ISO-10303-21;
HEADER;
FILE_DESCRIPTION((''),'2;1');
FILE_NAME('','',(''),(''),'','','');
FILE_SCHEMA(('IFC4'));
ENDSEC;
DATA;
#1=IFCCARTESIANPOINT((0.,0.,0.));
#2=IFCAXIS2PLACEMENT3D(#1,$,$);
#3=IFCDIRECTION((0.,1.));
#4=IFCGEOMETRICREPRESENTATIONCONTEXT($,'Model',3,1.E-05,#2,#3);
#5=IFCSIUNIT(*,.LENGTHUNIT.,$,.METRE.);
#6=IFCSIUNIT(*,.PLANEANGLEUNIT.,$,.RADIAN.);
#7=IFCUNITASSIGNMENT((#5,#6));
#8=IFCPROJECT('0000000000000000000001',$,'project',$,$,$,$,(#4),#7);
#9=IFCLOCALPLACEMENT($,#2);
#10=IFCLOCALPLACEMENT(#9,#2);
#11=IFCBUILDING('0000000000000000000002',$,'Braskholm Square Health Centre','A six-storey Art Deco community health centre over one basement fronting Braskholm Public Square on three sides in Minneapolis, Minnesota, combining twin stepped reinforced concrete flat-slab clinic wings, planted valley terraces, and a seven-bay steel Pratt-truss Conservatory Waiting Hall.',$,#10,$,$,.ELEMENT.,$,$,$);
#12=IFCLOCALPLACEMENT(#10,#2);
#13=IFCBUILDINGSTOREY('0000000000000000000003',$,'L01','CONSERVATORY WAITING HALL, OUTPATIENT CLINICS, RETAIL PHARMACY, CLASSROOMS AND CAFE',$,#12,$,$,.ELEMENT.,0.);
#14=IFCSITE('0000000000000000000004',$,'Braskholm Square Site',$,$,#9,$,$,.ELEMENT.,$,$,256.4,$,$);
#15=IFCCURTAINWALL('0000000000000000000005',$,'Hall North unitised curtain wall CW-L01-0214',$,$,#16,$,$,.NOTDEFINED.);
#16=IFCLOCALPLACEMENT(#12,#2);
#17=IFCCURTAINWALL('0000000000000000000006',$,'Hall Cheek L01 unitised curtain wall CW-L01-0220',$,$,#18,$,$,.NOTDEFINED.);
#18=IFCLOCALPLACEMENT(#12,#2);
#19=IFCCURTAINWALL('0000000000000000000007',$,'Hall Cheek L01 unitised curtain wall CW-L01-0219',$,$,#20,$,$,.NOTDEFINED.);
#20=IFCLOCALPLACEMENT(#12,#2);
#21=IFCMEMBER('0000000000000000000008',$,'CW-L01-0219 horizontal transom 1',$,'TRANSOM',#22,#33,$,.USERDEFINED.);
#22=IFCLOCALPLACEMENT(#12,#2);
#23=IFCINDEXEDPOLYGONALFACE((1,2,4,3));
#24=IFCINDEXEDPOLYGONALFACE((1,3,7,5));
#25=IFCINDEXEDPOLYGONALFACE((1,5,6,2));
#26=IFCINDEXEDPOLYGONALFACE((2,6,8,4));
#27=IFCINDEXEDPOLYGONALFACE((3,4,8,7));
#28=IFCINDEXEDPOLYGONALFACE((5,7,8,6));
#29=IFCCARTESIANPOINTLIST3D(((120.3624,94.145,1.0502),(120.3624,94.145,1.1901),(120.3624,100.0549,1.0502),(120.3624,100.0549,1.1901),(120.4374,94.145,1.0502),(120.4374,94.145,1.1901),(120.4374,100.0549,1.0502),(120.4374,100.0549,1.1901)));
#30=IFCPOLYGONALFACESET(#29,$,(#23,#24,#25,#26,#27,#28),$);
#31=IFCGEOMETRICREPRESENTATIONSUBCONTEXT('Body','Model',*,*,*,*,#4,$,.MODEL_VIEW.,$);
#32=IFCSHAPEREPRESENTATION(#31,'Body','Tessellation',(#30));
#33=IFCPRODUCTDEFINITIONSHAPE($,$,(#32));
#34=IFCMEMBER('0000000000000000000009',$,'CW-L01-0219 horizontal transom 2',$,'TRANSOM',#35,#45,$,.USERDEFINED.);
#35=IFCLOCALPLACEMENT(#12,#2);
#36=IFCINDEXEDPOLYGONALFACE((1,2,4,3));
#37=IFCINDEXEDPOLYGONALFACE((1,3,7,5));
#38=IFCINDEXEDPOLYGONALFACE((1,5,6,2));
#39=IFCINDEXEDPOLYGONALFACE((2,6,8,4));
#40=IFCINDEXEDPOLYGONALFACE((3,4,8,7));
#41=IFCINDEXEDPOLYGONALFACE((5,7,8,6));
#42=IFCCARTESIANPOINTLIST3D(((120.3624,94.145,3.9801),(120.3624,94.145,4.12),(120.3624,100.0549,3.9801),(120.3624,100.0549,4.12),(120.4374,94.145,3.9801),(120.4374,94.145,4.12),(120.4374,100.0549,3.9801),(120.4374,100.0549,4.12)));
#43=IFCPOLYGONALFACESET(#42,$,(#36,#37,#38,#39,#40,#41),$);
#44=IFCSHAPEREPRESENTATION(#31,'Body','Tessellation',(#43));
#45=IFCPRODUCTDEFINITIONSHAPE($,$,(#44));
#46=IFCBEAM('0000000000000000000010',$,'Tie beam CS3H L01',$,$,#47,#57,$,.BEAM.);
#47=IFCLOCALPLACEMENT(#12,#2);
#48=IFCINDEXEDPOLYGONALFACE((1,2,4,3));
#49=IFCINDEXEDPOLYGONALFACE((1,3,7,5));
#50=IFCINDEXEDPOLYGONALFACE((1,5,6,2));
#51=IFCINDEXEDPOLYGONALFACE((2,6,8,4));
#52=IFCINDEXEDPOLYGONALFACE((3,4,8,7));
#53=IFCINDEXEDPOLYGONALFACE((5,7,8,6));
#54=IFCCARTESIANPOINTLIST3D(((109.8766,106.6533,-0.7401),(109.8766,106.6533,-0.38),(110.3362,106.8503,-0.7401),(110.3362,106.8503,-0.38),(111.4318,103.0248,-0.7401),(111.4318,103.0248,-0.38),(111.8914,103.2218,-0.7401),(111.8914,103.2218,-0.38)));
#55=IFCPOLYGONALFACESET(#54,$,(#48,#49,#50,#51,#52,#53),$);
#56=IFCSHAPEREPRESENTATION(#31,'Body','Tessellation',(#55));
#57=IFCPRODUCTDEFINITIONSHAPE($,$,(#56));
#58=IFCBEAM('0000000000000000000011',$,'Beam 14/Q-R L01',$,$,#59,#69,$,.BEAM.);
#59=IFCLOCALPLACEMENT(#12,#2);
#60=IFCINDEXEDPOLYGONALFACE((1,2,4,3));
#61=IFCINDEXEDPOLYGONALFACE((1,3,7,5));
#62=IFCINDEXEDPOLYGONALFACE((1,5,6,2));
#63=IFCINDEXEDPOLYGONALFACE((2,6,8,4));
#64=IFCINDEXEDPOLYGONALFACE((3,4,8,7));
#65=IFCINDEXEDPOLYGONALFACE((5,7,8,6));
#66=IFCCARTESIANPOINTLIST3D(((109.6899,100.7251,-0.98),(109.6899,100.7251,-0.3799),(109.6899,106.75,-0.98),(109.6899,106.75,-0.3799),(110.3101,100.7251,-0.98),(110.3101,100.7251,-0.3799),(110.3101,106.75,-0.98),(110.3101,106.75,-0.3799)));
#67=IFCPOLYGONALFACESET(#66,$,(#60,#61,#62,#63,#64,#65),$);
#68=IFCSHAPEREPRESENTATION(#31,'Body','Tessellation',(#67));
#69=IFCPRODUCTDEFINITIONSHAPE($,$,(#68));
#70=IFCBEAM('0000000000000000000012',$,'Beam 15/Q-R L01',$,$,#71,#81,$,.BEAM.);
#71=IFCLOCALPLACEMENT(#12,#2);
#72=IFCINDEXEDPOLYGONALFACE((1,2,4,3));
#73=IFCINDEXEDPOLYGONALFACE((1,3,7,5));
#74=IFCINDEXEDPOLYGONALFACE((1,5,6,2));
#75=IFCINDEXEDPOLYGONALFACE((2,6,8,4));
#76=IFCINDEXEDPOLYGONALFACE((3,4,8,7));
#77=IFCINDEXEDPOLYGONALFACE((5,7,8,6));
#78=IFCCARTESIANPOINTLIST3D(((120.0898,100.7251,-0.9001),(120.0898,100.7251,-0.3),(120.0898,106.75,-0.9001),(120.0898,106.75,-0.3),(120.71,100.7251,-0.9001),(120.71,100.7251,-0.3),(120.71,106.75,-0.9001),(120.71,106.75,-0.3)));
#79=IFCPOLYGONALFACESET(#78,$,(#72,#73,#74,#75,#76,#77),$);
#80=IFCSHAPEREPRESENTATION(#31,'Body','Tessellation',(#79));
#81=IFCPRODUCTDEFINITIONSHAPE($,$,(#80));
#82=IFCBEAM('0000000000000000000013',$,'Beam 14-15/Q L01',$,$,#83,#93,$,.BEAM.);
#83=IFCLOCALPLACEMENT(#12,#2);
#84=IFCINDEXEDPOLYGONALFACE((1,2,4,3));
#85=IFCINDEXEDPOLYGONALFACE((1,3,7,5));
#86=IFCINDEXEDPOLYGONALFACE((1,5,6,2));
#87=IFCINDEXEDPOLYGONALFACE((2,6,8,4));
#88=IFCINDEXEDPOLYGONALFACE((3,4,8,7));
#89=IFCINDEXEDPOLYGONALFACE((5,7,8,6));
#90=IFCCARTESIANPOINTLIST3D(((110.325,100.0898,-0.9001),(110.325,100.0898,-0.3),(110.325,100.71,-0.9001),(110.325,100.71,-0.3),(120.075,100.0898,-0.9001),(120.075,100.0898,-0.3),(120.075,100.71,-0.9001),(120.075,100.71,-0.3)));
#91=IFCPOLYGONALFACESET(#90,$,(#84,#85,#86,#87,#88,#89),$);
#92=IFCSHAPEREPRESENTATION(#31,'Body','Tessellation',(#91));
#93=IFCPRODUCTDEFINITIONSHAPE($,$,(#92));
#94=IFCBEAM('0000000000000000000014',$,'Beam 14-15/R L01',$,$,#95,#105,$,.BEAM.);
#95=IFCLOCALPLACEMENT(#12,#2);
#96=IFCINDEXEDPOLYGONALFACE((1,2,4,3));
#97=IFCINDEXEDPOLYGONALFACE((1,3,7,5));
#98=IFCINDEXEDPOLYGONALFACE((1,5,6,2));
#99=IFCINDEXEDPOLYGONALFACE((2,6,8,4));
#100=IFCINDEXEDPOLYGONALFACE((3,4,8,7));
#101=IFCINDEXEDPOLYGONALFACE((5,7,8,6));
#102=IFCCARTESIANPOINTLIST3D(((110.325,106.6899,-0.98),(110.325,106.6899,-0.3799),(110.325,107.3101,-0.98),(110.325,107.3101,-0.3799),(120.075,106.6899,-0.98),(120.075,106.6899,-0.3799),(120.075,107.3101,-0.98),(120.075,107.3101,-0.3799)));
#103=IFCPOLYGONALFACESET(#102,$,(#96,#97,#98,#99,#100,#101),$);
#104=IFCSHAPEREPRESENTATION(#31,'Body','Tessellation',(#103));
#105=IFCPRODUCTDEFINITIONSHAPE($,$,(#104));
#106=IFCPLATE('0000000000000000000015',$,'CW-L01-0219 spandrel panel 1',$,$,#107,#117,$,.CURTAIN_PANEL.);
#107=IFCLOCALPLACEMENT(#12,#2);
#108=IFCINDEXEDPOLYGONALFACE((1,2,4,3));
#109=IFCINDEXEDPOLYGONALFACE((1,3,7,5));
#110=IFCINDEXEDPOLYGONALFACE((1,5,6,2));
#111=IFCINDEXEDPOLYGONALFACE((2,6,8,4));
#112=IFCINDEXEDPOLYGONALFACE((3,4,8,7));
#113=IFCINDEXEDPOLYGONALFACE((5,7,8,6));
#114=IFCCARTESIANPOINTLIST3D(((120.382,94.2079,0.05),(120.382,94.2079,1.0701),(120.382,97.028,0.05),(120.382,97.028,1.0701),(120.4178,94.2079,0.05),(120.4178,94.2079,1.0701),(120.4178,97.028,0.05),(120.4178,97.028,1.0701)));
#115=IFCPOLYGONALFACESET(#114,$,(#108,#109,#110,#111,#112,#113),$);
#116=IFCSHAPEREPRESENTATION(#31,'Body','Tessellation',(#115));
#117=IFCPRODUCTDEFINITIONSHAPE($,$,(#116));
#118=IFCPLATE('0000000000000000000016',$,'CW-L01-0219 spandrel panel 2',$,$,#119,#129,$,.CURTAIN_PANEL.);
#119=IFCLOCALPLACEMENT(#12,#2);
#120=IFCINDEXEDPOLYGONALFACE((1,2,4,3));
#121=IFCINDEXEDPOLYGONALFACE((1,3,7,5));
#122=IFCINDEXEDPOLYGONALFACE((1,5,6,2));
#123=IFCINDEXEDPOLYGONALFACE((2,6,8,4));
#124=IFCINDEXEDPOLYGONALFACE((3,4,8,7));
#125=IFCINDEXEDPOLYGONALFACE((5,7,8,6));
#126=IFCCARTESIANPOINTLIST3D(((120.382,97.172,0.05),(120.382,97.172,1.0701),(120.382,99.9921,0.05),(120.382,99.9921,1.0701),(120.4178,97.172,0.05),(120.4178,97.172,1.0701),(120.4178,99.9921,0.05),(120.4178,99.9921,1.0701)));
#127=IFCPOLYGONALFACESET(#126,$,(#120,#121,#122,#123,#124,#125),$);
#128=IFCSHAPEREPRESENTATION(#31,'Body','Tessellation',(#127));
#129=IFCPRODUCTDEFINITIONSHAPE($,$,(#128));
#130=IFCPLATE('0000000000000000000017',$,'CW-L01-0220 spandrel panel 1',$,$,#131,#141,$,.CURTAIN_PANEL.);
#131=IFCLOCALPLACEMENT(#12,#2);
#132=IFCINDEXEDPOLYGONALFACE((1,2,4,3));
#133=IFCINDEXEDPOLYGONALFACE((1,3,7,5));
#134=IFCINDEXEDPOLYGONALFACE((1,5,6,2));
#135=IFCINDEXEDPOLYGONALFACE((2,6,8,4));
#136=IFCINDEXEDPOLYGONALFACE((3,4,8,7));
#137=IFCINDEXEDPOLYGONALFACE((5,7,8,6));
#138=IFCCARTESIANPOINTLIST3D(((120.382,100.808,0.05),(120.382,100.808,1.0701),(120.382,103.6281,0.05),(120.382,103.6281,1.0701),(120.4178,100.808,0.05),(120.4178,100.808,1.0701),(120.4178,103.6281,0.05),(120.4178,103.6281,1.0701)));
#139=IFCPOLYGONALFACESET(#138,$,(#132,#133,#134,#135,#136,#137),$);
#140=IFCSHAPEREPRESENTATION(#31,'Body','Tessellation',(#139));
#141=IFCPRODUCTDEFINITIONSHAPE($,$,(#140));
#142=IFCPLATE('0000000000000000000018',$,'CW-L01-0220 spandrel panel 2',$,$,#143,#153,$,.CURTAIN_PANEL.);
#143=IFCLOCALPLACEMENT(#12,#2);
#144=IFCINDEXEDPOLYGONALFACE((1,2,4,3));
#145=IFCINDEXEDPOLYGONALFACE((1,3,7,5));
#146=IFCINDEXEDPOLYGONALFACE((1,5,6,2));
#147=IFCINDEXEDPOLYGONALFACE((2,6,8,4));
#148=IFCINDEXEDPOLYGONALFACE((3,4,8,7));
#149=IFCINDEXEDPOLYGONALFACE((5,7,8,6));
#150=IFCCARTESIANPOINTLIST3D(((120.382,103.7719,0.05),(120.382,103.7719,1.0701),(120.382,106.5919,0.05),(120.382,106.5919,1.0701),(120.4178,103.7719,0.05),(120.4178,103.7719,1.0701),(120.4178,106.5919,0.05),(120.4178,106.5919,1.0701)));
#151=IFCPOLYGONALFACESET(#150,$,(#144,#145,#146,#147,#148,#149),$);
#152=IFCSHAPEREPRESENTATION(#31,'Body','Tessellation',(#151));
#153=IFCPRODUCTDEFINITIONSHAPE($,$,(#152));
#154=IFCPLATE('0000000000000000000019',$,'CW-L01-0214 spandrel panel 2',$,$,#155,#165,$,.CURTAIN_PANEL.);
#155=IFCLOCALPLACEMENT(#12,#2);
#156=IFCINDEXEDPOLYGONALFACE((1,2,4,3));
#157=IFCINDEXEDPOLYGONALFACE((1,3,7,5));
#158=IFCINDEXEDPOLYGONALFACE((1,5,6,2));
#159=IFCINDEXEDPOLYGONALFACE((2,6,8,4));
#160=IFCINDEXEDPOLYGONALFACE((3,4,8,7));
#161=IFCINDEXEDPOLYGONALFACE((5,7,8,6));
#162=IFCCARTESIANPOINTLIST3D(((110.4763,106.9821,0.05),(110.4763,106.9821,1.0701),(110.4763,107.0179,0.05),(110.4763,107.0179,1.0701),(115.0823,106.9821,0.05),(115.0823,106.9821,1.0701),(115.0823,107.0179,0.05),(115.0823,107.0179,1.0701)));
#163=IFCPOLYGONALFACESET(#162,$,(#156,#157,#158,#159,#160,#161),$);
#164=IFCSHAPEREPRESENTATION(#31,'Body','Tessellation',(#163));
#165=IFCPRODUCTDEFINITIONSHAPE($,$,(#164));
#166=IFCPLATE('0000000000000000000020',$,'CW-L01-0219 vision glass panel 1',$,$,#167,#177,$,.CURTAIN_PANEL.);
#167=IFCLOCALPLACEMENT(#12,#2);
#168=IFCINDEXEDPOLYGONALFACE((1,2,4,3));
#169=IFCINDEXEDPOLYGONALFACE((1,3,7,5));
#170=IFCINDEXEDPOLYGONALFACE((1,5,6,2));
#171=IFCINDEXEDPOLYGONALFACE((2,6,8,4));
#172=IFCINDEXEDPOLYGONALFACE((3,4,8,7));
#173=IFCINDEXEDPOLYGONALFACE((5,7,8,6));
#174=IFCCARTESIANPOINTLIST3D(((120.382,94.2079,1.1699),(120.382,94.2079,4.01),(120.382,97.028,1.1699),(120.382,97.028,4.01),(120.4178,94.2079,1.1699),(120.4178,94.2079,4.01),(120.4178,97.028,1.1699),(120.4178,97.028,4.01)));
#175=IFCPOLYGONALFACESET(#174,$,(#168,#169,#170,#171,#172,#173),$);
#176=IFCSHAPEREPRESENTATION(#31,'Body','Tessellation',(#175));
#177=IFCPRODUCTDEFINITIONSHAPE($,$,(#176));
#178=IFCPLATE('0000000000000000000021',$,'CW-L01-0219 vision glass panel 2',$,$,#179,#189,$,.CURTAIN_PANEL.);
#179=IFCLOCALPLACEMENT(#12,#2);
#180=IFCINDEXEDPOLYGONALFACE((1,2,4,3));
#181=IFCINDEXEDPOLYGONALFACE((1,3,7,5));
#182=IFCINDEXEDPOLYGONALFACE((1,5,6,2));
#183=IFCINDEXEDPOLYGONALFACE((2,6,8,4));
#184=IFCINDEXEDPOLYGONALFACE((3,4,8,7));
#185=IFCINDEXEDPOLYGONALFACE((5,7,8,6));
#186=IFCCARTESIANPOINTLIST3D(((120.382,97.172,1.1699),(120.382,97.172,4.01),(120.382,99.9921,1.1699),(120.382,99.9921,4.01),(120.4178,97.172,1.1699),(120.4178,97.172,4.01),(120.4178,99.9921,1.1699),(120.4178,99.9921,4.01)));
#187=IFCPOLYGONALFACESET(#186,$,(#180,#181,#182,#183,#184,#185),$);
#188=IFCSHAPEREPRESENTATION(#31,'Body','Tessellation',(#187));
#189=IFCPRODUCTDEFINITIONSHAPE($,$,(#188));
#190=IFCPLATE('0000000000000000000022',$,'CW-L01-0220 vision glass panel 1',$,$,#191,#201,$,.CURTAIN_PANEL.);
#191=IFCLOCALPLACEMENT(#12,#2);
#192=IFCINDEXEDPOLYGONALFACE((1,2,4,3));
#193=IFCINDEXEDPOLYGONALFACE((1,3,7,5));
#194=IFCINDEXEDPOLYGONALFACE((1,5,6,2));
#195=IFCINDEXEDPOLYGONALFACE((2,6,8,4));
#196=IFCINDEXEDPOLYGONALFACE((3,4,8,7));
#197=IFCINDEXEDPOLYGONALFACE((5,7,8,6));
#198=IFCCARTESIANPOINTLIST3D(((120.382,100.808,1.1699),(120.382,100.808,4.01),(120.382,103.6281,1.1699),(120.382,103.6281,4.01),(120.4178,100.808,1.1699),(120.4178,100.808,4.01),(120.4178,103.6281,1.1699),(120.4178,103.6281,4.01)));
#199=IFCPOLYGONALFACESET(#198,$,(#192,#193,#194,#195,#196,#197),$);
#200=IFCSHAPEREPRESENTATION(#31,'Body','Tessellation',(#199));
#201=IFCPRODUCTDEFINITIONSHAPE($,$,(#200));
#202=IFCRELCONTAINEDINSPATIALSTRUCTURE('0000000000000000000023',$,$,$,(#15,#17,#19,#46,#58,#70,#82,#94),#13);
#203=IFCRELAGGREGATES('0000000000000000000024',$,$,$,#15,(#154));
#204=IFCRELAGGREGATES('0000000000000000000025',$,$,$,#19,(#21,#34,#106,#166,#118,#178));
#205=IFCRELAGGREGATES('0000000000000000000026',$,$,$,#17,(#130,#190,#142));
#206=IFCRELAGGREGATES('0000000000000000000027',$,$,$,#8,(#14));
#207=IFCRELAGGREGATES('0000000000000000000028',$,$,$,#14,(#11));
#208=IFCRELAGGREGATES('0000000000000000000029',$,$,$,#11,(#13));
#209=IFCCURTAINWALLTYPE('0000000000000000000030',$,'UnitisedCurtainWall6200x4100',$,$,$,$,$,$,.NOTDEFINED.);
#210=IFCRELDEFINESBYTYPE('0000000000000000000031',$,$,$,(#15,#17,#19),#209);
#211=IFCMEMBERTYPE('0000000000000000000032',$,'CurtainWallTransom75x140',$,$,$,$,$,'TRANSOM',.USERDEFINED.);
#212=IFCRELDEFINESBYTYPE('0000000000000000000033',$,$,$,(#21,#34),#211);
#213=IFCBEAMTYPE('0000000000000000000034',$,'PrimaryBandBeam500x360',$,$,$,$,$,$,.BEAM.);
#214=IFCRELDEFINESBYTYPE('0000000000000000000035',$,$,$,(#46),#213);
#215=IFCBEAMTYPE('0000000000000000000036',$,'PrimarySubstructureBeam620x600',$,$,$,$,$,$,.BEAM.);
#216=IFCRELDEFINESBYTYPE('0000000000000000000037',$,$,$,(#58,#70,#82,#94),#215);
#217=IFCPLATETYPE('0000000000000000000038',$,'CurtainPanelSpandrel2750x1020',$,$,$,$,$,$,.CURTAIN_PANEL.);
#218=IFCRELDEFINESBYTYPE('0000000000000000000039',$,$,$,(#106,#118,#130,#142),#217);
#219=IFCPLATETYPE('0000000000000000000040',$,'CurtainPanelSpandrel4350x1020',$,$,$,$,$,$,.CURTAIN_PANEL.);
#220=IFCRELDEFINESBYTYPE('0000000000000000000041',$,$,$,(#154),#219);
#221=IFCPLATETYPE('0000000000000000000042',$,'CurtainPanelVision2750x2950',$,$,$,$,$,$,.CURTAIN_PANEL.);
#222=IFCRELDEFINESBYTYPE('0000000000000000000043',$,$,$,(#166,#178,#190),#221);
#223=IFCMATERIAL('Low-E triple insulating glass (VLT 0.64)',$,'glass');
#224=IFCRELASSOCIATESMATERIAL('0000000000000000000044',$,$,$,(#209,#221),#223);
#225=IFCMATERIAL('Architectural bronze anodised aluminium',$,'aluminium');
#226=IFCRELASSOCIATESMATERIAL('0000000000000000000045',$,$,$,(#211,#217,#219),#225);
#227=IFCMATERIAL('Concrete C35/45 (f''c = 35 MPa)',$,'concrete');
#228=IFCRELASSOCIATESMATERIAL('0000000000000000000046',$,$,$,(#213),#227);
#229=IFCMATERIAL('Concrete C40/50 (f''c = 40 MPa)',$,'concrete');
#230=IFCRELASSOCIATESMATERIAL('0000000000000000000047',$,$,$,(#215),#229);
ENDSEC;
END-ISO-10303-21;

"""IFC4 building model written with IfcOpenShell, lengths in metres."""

from ifc_helpers import new_model, si_unit, direction, frame, origin, origin_2d, place, context, subcontext, project, spatial, rectangle, extrude, material, material_profile, profile_set, type_object, element, aggregate, save


model = new_model("IFC4")

# Units and contexts
model_context = context("Model", 3, precision=1e-05, world=origin(), true_north=direction((0.0, 1.0)))
body_context = subcontext(model_context, "Body", "Model", "MODEL_VIEW")
ifc_project = project(units=[si_unit("LENGTHUNIT", "METRE"), si_unit("PLANEANGLEUNIT", "RADIAN")], contexts=[model_context])

# Site, building, storey
site_placement = place(None, origin())
site = spatial("IfcSite", under=ifc_project, at=site_placement, Name="Braskholm Square Site", CompositionType="ELEMENT", RefElevation=256.4)
building_placement = place(site_placement, origin())
building = spatial("IfcBuilding", under=site, at=building_placement, Name="Braskholm Square Health Centre", Description="A six-storey Art Deco community health centre over one basement fronting Braskholm Public Square on three sides in Minneapolis, Minnesota, combining twin stepped reinforced concrete flat-slab clinic wings, planted valley terraces, and a seven-bay steel Pratt-truss Conservatory Waiting Hall.", CompositionType="ELEMENT")
storey_placement = place(building_placement, origin())
storey = spatial("IfcBuildingStorey", under=building, at=storey_placement, Name="L01", Description="CONSERVATORY WAITING HALL, OUTPATIENT CLINICS, RETAIL PHARMACY, CLASSROOMS AND CAFE", CompositionType="ELEMENT", Elevation=0.0)

# Shared definitions
ifc_material_1 = material(Name="Concrete C40/50 (f'c = 40 MPa)", Category="concrete")

# Curtain wall
ifc_material_2 = material(Name="Low-E triple insulating glass (VLT 0.64)", Category="glass")
curtain_wall_type = type_object("IfcCurtainWallType", Name="UnitisedCurtainWall6200x4100", PredefinedType="NOTDEFINED", material=ifc_material_2)
curtain_wall_1_placement = place(storey_placement, origin())
curtain_wall_1 = element("IfcCurtainWall", 1, at=curtain_wall_1_placement, inside=storey, type_object=curtain_wall_type, Name="Hall North unitised curtain wall CW-L01-0214", PredefinedType="NOTDEFINED")
ifc_material_3 = material(Name="Architectural bronze anodised aluminium", Category="aluminium")

# Curtain walls
curtain_wall_2_placement = place(storey_placement, origin())
curtain_wall_2 = element("IfcCurtainWall", 2, at=curtain_wall_2_placement, inside=storey, type_object=curtain_wall_type, Name="Hall Cheek L01 unitised curtain wall CW-L01-0220", PredefinedType="NOTDEFINED")
curtain_wall_3_placement = place(storey_placement, origin())
curtain_wall_3 = element("IfcCurtainWall", 3, at=curtain_wall_3_placement, inside=storey, type_object=curtain_wall_type, Name="Hall Cheek L01 unitised curtain wall CW-L01-0219", PredefinedType="NOTDEFINED")

# Members
ifc_material_profile_1 = material_profile(ifc_material_3, rectangle(XDim=0.075, YDim=0.1399, at=origin_2d()), Name="ALU-75X140")
ifc_profile_set_1 = profile_set([ifc_material_profile_1], Name="Architectural bronze anodised aluminium")
member_type_1 = type_object("IfcMemberType", Name="CurtainWallTransom75x140", ElementType="TRANSOM", PredefinedType="USERDEFINED", material=ifc_profile_set_1)
member_1_placement = place(storey_placement, frame((120.3999, 94.145, 1.1201), z_axis=(0.0, 1.0, 0.0), x_axis=(-1.0, 0.0, 0.0)))
member_1 = element("IfcMember", 4, at=member_1_placement, type_object=member_type_1, Name="CW-L01-0219 horizontal transom 1", ObjectType="TRANSOM", PredefinedType="USERDEFINED", context=body_context, shape_type="SweptSolid", body=[
    extrude(rectangle(XDim=0.075, YDim=0.1399, at=origin_2d()), origin(), (0.0, 0.0, 1.0), 5.9099),
])
member_2_placement = place(storey_placement, frame((120.3999, 94.145, 4.05), z_axis=(0.0, 1.0, 0.0), x_axis=(-1.0, 0.0, 0.0)))
member_2 = element("IfcMember", 5, at=member_2_placement, type_object=member_type_1, Name="CW-L01-0219 horizontal transom 2", ObjectType="TRANSOM", PredefinedType="USERDEFINED", context=body_context, shape_type="SweptSolid", body=[
    extrude(rectangle(XDim=0.075, YDim=0.1399, at=origin_2d()), origin(), (0.0, 0.0, 1.0), 5.9099),
])

# Beams
ifc_material_4 = material(Name="Concrete C35/45 (f'c = 35 MPa)", Category="concrete")
ifc_material_profile_2 = material_profile(ifc_material_4, rectangle(XDim=0.5, YDim=0.3601, at=origin_2d()), Name="RCB-500X360")
ifc_profile_set_2 = profile_set([ifc_material_profile_2], Name="Concrete C35/45 (f'c = 35 MPa)")
beam_type_1 = type_object("IfcBeamType", Name="PrimaryBandBeam500x360", PredefinedType="BEAM", material=ifc_profile_set_2)
beam_placement = place(storey_placement, frame((111.6616, 103.1233, -0.5601), z_axis=(-0.393949, 0.919132, 0.0), x_axis=(-0.919132, -0.393949, 0.0)))
element("IfcBeam", 6, at=beam_placement, inside=storey, type_object=beam_type_1, Name="Tie beam CS3H L01", PredefinedType="BEAM", context=body_context, shape_type="SweptSolid", body=[
    extrude(rectangle(XDim=0.5, YDim=0.3601, at=origin_2d()), origin(), (0.0, 0.0, 1.0), 3.9478),
])
ifc_material_profile_3 = material_profile(ifc_material_1, rectangle(XDim=0.6201, YDim=0.6001, at=origin_2d()), Name="RCB-620X600")
ifc_profile_set_3 = profile_set([ifc_material_profile_3], Name="Concrete C40/50 (f'c = 40 MPa)")
beam_type_2 = type_object("IfcBeamType", Name="PrimarySubstructureBeam620x600", PredefinedType="BEAM", material=ifc_profile_set_3)
for number, where, z_axis, x_axis, name in (
    (7, (110.0, 100.7251, -0.6799), (0.0, 1.0, 0.0), (-1.0, 0.0, 0.0), "Beam 14/Q-R L01"),
    (8, (120.3999, 100.7251, -0.6001), (0.0, 1.0, 0.0), (-1.0, 0.0, 0.0), "Beam 15/Q-R L01"),
):
    element("IfcBeam", number, at=place(storey_placement, frame(where, z_axis=z_axis, x_axis=x_axis)), inside=storey, type_object=beam_type_2, Name=name, PredefinedType="BEAM", context=body_context, shape_type="SweptSolid", body=[
        extrude(rectangle(XDim=0.6201, YDim=0.6001, at=origin_2d()), origin(), (0.0, 0.0, 1.0), 6.0249),
    ])
for number, where, z_axis, x_axis, name in (
    (9, (110.325, 100.3999, -0.6001), (1.0, 0.0, 0.0), (0.0, 1.0, 0.0), "Beam 14-15/Q L01"),
    (10, (110.325, 107.0, -0.6799), (1.0, 0.0, 0.0), (0.0, 1.0, 0.0), "Beam 14-15/R L01"),
):
    element("IfcBeam", number, at=place(storey_placement, frame(where, z_axis=z_axis, x_axis=x_axis)), inside=storey, type_object=beam_type_2, Name=name, PredefinedType="BEAM", context=body_context, shape_type="SweptSolid", body=[
        extrude(rectangle(XDim=0.6201, YDim=0.6001, at=origin_2d()), origin(), (0.0, 0.0, 1.0), 9.75),
    ])

# Plates
plate_type_1 = type_object("IfcPlateType", Name="CurtainPanelSpandrel2750x1020", PredefinedType="CURTAIN_PANEL", material=ifc_material_3)
plate_1_placement = place(storey_placement, frame((120.3999, 95.6179, 0.05), z_axis=(0.0, 0.0, 1.0), x_axis=(0.0, 1.0, 0.0)))
plate_1 = element("IfcPlate", 11, at=plate_1_placement, type_object=plate_type_1, Name="CW-L01-0219 spandrel panel 1", PredefinedType="CURTAIN_PANEL", context=body_context, shape_type="SweptSolid", body=[
    extrude(rectangle(XDim=2.8201, YDim=0.0359, at=origin_2d()), origin(), (0.0, 0.0, 1.0), 1.02),
])
plate_2_placement = place(storey_placement, frame((120.3999, 98.582, 0.05), z_axis=(0.0, 0.0, 1.0), x_axis=(0.0, 1.0, 0.0)))
plate_2 = element("IfcPlate", 12, at=plate_2_placement, type_object=plate_type_1, Name="CW-L01-0219 spandrel panel 2", PredefinedType="CURTAIN_PANEL", context=body_context, shape_type="SweptSolid", body=[
    extrude(rectangle(XDim=2.8201, YDim=0.0359, at=origin_2d()), origin(), (0.0, 0.0, 1.0), 1.02),
])
plate_3_placement = place(storey_placement, frame((120.3999, 102.218, 0.05), z_axis=(0.0, 0.0, 1.0), x_axis=(0.0, 1.0, 0.0)))
plate_3 = element("IfcPlate", 13, at=plate_3_placement, type_object=plate_type_1, Name="CW-L01-0220 spandrel panel 1", PredefinedType="CURTAIN_PANEL", context=body_context, shape_type="SweptSolid", body=[
    extrude(rectangle(XDim=2.8201, YDim=0.0359, at=origin_2d()), origin(), (0.0, 0.0, 1.0), 1.02),
])
plate_4_placement = place(storey_placement, frame((120.3999, 105.1819, 0.05), z_axis=(0.0, 0.0, 1.0), x_axis=(0.0, 1.0, 0.0)))
plate_4 = element("IfcPlate", 14, at=plate_4_placement, type_object=plate_type_1, Name="CW-L01-0220 spandrel panel 2", PredefinedType="CURTAIN_PANEL", context=body_context, shape_type="SweptSolid", body=[
    extrude(rectangle(XDim=2.8201, YDim=0.0359, at=origin_2d()), origin(), (0.0, 0.0, 1.0), 1.02),
])
plate_type_2 = type_object("IfcPlateType", Name="CurtainPanelSpandrel4350x1020", PredefinedType="CURTAIN_PANEL", material=ifc_material_3)
plate_5_placement = place(storey_placement, frame((112.7793, 107.0, 0.05), z_axis=(0.0, 0.0, 1.0), x_axis=(-1.0, 0.0, 0.0)))
plate_5 = element("IfcPlate", 15, at=plate_5_placement, type_object=plate_type_2, Name="CW-L01-0214 spandrel panel 2", PredefinedType="CURTAIN_PANEL", context=body_context, shape_type="SweptSolid", body=[
    extrude(rectangle(XDim=4.606, YDim=0.0359, at=origin_2d()), origin(), (0.0, 0.0, 1.0), 1.02),
])
aggregate(curtain_wall_1, [plate_5])
plate_type_3 = type_object("IfcPlateType", Name="CurtainPanelVision2750x2950", PredefinedType="CURTAIN_PANEL", material=ifc_material_2)
plate_6_placement = place(storey_placement, frame((120.3999, 95.6179, 1.1699), z_axis=(0.0, 0.0, 1.0), x_axis=(0.0, 1.0, 0.0)))
plate_6 = element("IfcPlate", 16, at=plate_6_placement, type_object=plate_type_3, Name="CW-L01-0219 vision glass panel 1", PredefinedType="CURTAIN_PANEL", context=body_context, shape_type="SweptSolid", body=[
    extrude(rectangle(XDim=2.8201, YDim=0.0359, at=origin_2d()), origin(), (0.0, 0.0, 1.0), 2.8401),
])
plate_7_placement = place(storey_placement, frame((120.3999, 98.582, 1.1699), z_axis=(0.0, 0.0, 1.0), x_axis=(0.0, 1.0, 0.0)))
plate_7 = element("IfcPlate", 17, at=plate_7_placement, type_object=plate_type_3, Name="CW-L01-0219 vision glass panel 2", PredefinedType="CURTAIN_PANEL", context=body_context, shape_type="SweptSolid", body=[
    extrude(rectangle(XDim=2.8201, YDim=0.0359, at=origin_2d()), origin(), (0.0, 0.0, 1.0), 2.8401),
])
aggregate(curtain_wall_3, [member_1, member_2, plate_1, plate_6, plate_2, plate_7])
plate_8_placement = place(storey_placement, frame((120.3999, 102.218, 1.1699), z_axis=(0.0, 0.0, 1.0), x_axis=(0.0, 1.0, 0.0)))
plate_8 = element("IfcPlate", 18, at=plate_8_placement, type_object=plate_type_3, Name="CW-L01-0220 vision glass panel 1", PredefinedType="CURTAIN_PANEL", context=body_context, shape_type="SweptSolid", body=[
    extrude(rectangle(XDim=2.8201, YDim=0.0359, at=origin_2d()), origin(), (0.0, 0.0, 1.0), 2.8401),
])
aggregate(curtain_wall_2, [plate_3, plate_8, plate_4])

save(model, "model.ifc")
